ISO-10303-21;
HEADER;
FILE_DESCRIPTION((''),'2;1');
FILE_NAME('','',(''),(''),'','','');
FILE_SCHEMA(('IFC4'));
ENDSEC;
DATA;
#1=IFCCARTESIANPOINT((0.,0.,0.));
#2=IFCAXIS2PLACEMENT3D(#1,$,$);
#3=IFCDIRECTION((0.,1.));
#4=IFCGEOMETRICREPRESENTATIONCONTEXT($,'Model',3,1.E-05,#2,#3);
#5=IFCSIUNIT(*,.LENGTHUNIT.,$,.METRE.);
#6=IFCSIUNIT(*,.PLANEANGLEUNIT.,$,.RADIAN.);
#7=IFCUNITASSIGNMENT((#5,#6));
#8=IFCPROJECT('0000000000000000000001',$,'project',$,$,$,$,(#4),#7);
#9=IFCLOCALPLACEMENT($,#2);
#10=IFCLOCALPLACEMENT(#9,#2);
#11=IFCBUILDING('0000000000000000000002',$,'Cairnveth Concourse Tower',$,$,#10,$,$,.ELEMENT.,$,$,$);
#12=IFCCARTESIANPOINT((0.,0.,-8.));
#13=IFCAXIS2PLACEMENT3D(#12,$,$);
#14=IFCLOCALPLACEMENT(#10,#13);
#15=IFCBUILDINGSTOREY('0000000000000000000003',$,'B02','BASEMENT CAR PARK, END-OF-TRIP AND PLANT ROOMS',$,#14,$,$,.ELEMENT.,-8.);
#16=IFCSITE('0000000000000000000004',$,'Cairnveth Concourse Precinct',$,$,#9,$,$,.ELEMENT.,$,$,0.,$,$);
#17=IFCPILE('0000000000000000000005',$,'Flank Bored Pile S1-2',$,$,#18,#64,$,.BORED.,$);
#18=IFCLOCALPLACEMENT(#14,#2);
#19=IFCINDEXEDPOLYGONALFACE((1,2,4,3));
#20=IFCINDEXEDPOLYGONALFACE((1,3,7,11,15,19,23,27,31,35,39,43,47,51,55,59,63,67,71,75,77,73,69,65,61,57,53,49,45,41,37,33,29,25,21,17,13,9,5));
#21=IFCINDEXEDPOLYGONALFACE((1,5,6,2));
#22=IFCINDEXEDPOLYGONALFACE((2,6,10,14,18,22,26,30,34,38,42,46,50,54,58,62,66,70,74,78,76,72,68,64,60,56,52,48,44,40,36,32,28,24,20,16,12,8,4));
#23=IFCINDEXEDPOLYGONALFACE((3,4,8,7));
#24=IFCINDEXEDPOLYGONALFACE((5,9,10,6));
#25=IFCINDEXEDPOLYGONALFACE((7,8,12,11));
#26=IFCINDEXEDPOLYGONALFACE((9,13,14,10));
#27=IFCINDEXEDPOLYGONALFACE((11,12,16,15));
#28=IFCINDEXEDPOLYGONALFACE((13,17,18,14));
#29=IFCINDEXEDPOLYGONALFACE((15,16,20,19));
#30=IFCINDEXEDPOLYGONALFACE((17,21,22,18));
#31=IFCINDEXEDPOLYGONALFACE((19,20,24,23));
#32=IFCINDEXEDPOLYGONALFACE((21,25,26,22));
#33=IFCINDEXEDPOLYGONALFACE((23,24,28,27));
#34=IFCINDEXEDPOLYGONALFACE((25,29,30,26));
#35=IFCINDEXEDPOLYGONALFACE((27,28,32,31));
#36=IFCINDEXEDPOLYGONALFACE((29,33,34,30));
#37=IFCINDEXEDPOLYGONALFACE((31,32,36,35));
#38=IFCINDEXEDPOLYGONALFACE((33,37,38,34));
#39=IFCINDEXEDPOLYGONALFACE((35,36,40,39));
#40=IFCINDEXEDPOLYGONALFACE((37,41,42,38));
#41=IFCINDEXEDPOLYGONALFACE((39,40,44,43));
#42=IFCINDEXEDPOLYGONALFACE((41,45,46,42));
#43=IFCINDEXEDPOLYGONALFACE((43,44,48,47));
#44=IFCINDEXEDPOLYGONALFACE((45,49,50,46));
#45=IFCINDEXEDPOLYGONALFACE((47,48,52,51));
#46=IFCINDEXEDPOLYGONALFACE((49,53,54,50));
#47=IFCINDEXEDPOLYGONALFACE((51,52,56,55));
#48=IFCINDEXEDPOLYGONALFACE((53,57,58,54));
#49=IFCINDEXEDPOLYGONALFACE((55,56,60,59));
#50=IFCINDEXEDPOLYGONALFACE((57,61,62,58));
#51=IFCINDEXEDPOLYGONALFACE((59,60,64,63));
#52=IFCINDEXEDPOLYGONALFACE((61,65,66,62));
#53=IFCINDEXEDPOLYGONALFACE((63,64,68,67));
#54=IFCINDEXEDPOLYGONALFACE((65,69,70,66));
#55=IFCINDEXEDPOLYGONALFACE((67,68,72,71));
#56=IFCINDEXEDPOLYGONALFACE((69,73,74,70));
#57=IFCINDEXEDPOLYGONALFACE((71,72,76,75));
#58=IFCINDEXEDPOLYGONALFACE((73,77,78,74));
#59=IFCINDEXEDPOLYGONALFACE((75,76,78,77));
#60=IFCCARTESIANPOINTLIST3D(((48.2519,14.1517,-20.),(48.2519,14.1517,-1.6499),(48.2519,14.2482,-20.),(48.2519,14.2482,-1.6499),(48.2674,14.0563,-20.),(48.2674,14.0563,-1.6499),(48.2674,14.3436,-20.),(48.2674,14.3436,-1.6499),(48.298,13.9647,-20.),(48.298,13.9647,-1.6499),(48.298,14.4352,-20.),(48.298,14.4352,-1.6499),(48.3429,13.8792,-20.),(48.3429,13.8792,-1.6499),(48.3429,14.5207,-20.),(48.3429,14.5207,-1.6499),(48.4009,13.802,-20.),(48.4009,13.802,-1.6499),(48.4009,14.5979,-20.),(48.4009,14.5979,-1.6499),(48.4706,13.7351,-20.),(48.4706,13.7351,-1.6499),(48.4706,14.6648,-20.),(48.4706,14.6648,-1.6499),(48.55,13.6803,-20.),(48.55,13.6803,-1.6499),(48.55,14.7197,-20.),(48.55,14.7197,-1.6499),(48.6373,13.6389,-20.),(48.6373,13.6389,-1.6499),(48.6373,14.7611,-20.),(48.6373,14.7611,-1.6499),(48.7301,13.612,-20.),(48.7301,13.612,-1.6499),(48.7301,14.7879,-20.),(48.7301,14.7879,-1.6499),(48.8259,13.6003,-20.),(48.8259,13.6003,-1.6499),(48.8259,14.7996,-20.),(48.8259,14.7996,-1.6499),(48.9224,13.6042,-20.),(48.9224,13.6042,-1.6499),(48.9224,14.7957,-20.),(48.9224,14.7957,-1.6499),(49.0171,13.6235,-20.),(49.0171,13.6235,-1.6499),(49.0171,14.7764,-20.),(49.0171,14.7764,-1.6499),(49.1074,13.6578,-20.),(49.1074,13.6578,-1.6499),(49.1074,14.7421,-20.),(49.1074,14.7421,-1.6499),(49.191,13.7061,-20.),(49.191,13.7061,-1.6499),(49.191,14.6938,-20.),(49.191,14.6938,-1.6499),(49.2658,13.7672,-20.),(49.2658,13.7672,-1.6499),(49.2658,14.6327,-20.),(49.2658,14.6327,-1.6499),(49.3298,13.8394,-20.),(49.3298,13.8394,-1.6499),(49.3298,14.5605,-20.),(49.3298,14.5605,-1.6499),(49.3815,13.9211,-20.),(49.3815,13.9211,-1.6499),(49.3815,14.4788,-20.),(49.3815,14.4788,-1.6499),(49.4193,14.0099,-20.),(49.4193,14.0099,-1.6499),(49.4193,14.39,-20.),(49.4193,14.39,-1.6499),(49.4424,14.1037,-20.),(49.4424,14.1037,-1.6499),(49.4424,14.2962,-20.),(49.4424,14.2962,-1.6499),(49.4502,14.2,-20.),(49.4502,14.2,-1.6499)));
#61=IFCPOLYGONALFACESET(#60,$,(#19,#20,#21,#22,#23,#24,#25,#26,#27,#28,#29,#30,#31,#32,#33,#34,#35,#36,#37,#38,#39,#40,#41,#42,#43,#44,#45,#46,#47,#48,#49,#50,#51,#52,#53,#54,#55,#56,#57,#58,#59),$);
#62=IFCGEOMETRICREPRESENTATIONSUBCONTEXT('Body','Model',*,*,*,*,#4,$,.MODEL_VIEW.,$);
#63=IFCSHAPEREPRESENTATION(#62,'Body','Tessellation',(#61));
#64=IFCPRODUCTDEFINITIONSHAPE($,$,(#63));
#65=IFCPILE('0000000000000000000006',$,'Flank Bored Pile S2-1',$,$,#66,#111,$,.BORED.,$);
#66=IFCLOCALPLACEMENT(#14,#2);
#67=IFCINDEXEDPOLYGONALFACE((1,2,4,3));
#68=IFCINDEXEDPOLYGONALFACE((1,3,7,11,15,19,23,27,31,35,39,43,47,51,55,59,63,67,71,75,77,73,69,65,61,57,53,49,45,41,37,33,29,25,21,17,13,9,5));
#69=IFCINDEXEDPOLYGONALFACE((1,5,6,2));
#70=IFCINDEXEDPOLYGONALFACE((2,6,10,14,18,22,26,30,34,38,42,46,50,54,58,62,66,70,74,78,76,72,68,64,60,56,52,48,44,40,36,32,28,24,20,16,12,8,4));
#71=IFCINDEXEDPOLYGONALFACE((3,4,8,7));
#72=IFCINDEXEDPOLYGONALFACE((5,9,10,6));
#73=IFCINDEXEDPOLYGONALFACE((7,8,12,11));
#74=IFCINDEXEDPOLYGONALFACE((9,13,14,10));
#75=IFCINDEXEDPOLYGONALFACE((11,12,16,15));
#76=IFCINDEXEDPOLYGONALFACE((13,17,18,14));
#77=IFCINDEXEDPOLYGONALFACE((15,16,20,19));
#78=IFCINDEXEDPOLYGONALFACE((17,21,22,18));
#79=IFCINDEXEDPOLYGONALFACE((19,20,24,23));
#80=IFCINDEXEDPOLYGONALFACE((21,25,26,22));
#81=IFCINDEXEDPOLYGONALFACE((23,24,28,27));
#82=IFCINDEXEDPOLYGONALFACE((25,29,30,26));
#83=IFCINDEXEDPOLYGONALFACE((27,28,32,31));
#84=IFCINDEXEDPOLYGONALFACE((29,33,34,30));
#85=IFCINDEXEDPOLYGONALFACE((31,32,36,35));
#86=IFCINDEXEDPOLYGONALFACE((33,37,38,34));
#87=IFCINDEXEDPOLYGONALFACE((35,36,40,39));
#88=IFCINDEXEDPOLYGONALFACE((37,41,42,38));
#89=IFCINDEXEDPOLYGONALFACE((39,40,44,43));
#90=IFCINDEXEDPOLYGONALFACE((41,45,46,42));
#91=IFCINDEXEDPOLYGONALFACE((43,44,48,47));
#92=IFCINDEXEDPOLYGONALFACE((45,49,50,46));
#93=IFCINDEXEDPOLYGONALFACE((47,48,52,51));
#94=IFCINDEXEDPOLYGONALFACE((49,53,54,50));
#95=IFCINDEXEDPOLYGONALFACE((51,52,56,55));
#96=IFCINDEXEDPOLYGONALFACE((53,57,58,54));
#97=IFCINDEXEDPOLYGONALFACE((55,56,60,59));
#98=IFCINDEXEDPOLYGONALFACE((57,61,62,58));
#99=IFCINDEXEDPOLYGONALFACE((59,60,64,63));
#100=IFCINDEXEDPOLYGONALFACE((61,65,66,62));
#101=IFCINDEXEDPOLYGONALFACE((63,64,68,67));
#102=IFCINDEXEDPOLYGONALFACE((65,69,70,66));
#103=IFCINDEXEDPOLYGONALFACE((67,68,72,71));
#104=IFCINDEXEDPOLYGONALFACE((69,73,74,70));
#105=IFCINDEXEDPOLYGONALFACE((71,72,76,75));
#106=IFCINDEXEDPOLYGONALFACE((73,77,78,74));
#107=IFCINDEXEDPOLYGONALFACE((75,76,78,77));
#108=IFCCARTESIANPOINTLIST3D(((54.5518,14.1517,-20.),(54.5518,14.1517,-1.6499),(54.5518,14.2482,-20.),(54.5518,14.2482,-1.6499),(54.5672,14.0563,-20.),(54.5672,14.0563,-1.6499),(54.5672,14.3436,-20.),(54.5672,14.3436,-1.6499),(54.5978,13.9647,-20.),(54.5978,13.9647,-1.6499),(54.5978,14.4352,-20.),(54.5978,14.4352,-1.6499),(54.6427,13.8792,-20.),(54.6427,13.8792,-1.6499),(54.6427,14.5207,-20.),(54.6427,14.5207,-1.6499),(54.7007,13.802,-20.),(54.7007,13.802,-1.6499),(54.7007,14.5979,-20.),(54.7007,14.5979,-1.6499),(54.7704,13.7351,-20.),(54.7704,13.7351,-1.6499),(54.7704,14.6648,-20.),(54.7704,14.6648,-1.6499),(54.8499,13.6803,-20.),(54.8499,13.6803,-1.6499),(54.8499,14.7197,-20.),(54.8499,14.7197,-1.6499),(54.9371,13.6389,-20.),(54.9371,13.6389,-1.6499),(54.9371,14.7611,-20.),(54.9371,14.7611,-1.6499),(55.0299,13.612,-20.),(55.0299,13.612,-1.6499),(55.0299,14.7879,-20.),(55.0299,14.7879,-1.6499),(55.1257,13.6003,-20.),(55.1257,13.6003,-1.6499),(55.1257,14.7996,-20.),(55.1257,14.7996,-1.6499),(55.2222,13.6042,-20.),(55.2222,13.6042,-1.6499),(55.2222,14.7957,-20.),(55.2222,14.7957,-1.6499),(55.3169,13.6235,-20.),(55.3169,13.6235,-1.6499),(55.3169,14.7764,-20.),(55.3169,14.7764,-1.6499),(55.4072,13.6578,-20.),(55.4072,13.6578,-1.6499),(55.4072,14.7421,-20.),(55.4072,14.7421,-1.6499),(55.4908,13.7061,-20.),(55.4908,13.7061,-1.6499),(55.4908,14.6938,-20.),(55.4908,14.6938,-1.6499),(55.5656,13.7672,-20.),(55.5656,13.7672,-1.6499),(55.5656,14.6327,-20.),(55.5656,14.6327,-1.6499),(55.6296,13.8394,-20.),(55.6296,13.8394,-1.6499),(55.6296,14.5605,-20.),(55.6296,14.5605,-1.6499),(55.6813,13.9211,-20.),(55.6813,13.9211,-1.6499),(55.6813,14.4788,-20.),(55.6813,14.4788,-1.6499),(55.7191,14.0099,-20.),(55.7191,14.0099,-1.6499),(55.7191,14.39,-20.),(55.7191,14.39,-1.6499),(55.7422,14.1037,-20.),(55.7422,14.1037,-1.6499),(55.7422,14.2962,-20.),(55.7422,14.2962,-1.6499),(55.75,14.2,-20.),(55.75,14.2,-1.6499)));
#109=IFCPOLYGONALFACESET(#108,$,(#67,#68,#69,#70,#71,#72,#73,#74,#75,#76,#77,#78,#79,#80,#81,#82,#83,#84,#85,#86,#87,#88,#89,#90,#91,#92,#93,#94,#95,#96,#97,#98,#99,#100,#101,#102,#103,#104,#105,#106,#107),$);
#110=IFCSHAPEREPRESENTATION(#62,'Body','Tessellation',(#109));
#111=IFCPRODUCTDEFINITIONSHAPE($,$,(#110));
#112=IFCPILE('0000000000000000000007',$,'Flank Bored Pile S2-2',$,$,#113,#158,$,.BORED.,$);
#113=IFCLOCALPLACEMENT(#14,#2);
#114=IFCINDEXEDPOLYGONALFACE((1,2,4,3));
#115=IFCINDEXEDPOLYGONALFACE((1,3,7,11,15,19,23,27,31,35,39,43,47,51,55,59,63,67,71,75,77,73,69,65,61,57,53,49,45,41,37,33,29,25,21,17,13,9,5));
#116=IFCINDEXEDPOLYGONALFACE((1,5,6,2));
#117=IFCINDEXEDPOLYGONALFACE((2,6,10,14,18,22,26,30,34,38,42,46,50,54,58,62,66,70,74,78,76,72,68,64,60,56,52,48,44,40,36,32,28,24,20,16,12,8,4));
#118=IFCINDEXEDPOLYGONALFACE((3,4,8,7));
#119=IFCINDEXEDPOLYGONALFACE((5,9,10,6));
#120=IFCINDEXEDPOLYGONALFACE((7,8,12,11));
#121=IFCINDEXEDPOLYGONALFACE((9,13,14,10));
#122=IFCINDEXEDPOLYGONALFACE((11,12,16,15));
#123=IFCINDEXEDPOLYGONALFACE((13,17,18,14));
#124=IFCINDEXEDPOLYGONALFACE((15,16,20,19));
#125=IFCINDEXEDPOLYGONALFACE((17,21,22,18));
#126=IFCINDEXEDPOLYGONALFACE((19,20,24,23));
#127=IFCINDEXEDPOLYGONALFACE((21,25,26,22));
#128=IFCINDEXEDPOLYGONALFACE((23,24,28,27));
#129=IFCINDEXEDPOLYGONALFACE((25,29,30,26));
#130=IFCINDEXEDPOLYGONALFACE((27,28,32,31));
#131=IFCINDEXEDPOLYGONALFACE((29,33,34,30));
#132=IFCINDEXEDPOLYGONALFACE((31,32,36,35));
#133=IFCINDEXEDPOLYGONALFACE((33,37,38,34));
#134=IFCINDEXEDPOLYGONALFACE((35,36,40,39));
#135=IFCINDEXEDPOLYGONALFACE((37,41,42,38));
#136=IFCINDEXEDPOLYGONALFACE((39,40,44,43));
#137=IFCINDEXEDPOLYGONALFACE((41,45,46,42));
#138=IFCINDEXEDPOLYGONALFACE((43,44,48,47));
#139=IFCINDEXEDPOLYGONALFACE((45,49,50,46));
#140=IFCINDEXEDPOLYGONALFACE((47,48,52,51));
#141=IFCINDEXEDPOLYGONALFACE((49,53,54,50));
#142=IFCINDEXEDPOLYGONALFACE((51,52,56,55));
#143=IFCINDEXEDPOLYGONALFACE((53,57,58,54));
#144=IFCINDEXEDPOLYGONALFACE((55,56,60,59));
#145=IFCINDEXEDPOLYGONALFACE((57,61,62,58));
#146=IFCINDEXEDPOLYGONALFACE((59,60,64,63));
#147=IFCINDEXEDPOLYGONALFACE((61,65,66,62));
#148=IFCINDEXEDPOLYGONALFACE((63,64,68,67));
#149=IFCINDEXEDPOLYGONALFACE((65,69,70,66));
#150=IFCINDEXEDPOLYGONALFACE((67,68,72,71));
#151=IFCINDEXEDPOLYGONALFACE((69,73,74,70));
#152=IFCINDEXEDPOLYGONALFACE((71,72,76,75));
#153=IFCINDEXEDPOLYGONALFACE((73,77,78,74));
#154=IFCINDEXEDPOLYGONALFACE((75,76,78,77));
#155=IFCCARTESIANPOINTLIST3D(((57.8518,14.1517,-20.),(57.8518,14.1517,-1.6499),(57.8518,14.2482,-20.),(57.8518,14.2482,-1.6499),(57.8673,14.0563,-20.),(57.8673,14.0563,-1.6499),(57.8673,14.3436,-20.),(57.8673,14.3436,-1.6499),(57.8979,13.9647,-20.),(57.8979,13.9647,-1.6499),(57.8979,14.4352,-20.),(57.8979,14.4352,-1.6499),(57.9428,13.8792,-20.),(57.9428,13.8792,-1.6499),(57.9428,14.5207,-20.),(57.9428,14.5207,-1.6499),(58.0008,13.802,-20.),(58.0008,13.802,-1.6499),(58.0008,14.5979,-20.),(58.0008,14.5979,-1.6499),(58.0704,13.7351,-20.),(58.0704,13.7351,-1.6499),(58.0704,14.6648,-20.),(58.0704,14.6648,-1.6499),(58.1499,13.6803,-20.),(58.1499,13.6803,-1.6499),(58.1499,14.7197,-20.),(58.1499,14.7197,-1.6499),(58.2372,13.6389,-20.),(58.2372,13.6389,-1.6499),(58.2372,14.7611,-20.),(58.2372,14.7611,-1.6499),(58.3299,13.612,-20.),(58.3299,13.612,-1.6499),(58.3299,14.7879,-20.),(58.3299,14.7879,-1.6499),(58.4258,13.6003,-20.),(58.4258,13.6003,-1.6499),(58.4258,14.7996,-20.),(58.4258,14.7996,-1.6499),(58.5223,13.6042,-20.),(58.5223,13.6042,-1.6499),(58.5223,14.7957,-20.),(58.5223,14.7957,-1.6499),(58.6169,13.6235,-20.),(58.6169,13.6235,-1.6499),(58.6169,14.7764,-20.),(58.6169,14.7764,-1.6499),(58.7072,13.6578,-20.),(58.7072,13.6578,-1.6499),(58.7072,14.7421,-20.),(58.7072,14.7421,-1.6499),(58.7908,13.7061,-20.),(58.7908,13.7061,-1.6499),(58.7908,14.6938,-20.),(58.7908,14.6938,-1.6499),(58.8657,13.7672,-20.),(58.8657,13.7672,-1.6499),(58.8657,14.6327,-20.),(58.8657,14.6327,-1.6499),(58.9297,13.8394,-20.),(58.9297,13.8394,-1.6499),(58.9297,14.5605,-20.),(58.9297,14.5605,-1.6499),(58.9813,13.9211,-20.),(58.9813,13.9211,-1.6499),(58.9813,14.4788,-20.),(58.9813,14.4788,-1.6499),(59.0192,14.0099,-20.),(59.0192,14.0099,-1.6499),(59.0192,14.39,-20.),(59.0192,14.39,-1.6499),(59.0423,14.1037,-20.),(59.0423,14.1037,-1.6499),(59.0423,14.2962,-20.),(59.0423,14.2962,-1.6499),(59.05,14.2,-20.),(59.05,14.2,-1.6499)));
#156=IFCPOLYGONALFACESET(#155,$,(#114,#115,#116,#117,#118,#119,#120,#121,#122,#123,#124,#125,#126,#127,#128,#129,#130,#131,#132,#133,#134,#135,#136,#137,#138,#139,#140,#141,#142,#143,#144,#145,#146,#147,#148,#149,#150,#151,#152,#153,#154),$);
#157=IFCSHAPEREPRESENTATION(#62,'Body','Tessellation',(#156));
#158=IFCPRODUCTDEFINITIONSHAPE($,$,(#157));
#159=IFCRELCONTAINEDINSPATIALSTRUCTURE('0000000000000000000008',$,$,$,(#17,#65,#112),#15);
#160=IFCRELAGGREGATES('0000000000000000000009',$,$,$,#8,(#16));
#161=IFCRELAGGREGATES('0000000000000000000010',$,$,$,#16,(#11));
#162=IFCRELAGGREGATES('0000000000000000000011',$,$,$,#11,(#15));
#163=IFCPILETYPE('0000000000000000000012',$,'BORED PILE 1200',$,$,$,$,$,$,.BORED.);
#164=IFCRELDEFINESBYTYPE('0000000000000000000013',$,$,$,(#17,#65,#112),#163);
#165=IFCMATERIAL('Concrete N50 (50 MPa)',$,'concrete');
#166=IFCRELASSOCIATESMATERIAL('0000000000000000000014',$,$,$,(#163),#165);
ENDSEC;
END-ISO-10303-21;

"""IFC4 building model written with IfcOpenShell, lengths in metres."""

from ifc_helpers import new_model, si_unit, direction, frame, origin, origin_2d, place, context, subcontext, project, spatial, circle, extrude, material, material_profile, profile_set, type_object, element, save


model = new_model("IFC4")

# Units and contexts
model_context = context("Model", 3, precision=1e-05, world=origin(), true_north=direction((0.0, 1.0)))
body_context = subcontext(model_context, "Body", "Model", "MODEL_VIEW")
ifc_project = project(units=[si_unit("LENGTHUNIT", "METRE"), si_unit("PLANEANGLEUNIT", "RADIAN")], contexts=[model_context])

# Site, building, storey
site_placement = place(None, origin())
site = spatial("IfcSite", under=ifc_project, at=site_placement, Name="Cairnveth Concourse Precinct", CompositionType="ELEMENT", RefElevation=0.0)
building_placement = place(site_placement, origin())
building = spatial("IfcBuilding", under=site, at=building_placement, Name="Cairnveth Concourse Tower", CompositionType="ELEMENT")
storey_placement = place(building_placement, frame((0.0, 0.0, -8.0)))
storey = spatial("IfcBuildingStorey", under=building, at=storey_placement, Name="B02", Description="BASEMENT CAR PARK, END-OF-TRIP AND PLANT ROOMS", CompositionType="ELEMENT", Elevation=-8.0)

# Piles
ifc_material_1 = material(Name="Concrete N50 (50 MPa)", Category="concrete")
ifc_material_profile_1 = material_profile(ifc_material_1, circle(Radius=0.6001, at=origin_2d()), Name="PILE-1200")
ifc_profile_set_1 = profile_set([ifc_material_profile_1], Name="Concrete N50 (50 MPa)")
pile_type_1 = type_object("IfcPileType", Name="BORED PILE 1200", PredefinedType="BORED", material=ifc_profile_set_1)
for number, where, z_axis, x_axis, name in (
    (1, (48.8501, 14.2, -1.6499), (0.0, 0.0, -1.0), (1.0, 0.0, 0.0), "Flank Bored Pile S1-2"),
    (2, (55.1499, 14.2, -1.6499), (0.0, 0.0, -1.0), (1.0, 0.0, 0.0), "Flank Bored Pile S2-1"),
    (3, (58.45, 14.2, -1.6499), (0.0, 0.0, -1.0), (1.0, 0.0, 0.0), "Flank Bored Pile S2-2"),
):
    element("IfcPile", number, at=place(storey_placement, frame(where, z_axis=z_axis, x_axis=x_axis)), inside=storey, type_object=pile_type_1, Name=name, PredefinedType="BORED", context=body_context, shape_type="SweptSolid", body=[
        extrude(circle(Radius=0.6001, at=origin_2d()), origin(), (0.0, 0.0, 1.0), 18.3501),
    ])

save(model, "model.ifc")
